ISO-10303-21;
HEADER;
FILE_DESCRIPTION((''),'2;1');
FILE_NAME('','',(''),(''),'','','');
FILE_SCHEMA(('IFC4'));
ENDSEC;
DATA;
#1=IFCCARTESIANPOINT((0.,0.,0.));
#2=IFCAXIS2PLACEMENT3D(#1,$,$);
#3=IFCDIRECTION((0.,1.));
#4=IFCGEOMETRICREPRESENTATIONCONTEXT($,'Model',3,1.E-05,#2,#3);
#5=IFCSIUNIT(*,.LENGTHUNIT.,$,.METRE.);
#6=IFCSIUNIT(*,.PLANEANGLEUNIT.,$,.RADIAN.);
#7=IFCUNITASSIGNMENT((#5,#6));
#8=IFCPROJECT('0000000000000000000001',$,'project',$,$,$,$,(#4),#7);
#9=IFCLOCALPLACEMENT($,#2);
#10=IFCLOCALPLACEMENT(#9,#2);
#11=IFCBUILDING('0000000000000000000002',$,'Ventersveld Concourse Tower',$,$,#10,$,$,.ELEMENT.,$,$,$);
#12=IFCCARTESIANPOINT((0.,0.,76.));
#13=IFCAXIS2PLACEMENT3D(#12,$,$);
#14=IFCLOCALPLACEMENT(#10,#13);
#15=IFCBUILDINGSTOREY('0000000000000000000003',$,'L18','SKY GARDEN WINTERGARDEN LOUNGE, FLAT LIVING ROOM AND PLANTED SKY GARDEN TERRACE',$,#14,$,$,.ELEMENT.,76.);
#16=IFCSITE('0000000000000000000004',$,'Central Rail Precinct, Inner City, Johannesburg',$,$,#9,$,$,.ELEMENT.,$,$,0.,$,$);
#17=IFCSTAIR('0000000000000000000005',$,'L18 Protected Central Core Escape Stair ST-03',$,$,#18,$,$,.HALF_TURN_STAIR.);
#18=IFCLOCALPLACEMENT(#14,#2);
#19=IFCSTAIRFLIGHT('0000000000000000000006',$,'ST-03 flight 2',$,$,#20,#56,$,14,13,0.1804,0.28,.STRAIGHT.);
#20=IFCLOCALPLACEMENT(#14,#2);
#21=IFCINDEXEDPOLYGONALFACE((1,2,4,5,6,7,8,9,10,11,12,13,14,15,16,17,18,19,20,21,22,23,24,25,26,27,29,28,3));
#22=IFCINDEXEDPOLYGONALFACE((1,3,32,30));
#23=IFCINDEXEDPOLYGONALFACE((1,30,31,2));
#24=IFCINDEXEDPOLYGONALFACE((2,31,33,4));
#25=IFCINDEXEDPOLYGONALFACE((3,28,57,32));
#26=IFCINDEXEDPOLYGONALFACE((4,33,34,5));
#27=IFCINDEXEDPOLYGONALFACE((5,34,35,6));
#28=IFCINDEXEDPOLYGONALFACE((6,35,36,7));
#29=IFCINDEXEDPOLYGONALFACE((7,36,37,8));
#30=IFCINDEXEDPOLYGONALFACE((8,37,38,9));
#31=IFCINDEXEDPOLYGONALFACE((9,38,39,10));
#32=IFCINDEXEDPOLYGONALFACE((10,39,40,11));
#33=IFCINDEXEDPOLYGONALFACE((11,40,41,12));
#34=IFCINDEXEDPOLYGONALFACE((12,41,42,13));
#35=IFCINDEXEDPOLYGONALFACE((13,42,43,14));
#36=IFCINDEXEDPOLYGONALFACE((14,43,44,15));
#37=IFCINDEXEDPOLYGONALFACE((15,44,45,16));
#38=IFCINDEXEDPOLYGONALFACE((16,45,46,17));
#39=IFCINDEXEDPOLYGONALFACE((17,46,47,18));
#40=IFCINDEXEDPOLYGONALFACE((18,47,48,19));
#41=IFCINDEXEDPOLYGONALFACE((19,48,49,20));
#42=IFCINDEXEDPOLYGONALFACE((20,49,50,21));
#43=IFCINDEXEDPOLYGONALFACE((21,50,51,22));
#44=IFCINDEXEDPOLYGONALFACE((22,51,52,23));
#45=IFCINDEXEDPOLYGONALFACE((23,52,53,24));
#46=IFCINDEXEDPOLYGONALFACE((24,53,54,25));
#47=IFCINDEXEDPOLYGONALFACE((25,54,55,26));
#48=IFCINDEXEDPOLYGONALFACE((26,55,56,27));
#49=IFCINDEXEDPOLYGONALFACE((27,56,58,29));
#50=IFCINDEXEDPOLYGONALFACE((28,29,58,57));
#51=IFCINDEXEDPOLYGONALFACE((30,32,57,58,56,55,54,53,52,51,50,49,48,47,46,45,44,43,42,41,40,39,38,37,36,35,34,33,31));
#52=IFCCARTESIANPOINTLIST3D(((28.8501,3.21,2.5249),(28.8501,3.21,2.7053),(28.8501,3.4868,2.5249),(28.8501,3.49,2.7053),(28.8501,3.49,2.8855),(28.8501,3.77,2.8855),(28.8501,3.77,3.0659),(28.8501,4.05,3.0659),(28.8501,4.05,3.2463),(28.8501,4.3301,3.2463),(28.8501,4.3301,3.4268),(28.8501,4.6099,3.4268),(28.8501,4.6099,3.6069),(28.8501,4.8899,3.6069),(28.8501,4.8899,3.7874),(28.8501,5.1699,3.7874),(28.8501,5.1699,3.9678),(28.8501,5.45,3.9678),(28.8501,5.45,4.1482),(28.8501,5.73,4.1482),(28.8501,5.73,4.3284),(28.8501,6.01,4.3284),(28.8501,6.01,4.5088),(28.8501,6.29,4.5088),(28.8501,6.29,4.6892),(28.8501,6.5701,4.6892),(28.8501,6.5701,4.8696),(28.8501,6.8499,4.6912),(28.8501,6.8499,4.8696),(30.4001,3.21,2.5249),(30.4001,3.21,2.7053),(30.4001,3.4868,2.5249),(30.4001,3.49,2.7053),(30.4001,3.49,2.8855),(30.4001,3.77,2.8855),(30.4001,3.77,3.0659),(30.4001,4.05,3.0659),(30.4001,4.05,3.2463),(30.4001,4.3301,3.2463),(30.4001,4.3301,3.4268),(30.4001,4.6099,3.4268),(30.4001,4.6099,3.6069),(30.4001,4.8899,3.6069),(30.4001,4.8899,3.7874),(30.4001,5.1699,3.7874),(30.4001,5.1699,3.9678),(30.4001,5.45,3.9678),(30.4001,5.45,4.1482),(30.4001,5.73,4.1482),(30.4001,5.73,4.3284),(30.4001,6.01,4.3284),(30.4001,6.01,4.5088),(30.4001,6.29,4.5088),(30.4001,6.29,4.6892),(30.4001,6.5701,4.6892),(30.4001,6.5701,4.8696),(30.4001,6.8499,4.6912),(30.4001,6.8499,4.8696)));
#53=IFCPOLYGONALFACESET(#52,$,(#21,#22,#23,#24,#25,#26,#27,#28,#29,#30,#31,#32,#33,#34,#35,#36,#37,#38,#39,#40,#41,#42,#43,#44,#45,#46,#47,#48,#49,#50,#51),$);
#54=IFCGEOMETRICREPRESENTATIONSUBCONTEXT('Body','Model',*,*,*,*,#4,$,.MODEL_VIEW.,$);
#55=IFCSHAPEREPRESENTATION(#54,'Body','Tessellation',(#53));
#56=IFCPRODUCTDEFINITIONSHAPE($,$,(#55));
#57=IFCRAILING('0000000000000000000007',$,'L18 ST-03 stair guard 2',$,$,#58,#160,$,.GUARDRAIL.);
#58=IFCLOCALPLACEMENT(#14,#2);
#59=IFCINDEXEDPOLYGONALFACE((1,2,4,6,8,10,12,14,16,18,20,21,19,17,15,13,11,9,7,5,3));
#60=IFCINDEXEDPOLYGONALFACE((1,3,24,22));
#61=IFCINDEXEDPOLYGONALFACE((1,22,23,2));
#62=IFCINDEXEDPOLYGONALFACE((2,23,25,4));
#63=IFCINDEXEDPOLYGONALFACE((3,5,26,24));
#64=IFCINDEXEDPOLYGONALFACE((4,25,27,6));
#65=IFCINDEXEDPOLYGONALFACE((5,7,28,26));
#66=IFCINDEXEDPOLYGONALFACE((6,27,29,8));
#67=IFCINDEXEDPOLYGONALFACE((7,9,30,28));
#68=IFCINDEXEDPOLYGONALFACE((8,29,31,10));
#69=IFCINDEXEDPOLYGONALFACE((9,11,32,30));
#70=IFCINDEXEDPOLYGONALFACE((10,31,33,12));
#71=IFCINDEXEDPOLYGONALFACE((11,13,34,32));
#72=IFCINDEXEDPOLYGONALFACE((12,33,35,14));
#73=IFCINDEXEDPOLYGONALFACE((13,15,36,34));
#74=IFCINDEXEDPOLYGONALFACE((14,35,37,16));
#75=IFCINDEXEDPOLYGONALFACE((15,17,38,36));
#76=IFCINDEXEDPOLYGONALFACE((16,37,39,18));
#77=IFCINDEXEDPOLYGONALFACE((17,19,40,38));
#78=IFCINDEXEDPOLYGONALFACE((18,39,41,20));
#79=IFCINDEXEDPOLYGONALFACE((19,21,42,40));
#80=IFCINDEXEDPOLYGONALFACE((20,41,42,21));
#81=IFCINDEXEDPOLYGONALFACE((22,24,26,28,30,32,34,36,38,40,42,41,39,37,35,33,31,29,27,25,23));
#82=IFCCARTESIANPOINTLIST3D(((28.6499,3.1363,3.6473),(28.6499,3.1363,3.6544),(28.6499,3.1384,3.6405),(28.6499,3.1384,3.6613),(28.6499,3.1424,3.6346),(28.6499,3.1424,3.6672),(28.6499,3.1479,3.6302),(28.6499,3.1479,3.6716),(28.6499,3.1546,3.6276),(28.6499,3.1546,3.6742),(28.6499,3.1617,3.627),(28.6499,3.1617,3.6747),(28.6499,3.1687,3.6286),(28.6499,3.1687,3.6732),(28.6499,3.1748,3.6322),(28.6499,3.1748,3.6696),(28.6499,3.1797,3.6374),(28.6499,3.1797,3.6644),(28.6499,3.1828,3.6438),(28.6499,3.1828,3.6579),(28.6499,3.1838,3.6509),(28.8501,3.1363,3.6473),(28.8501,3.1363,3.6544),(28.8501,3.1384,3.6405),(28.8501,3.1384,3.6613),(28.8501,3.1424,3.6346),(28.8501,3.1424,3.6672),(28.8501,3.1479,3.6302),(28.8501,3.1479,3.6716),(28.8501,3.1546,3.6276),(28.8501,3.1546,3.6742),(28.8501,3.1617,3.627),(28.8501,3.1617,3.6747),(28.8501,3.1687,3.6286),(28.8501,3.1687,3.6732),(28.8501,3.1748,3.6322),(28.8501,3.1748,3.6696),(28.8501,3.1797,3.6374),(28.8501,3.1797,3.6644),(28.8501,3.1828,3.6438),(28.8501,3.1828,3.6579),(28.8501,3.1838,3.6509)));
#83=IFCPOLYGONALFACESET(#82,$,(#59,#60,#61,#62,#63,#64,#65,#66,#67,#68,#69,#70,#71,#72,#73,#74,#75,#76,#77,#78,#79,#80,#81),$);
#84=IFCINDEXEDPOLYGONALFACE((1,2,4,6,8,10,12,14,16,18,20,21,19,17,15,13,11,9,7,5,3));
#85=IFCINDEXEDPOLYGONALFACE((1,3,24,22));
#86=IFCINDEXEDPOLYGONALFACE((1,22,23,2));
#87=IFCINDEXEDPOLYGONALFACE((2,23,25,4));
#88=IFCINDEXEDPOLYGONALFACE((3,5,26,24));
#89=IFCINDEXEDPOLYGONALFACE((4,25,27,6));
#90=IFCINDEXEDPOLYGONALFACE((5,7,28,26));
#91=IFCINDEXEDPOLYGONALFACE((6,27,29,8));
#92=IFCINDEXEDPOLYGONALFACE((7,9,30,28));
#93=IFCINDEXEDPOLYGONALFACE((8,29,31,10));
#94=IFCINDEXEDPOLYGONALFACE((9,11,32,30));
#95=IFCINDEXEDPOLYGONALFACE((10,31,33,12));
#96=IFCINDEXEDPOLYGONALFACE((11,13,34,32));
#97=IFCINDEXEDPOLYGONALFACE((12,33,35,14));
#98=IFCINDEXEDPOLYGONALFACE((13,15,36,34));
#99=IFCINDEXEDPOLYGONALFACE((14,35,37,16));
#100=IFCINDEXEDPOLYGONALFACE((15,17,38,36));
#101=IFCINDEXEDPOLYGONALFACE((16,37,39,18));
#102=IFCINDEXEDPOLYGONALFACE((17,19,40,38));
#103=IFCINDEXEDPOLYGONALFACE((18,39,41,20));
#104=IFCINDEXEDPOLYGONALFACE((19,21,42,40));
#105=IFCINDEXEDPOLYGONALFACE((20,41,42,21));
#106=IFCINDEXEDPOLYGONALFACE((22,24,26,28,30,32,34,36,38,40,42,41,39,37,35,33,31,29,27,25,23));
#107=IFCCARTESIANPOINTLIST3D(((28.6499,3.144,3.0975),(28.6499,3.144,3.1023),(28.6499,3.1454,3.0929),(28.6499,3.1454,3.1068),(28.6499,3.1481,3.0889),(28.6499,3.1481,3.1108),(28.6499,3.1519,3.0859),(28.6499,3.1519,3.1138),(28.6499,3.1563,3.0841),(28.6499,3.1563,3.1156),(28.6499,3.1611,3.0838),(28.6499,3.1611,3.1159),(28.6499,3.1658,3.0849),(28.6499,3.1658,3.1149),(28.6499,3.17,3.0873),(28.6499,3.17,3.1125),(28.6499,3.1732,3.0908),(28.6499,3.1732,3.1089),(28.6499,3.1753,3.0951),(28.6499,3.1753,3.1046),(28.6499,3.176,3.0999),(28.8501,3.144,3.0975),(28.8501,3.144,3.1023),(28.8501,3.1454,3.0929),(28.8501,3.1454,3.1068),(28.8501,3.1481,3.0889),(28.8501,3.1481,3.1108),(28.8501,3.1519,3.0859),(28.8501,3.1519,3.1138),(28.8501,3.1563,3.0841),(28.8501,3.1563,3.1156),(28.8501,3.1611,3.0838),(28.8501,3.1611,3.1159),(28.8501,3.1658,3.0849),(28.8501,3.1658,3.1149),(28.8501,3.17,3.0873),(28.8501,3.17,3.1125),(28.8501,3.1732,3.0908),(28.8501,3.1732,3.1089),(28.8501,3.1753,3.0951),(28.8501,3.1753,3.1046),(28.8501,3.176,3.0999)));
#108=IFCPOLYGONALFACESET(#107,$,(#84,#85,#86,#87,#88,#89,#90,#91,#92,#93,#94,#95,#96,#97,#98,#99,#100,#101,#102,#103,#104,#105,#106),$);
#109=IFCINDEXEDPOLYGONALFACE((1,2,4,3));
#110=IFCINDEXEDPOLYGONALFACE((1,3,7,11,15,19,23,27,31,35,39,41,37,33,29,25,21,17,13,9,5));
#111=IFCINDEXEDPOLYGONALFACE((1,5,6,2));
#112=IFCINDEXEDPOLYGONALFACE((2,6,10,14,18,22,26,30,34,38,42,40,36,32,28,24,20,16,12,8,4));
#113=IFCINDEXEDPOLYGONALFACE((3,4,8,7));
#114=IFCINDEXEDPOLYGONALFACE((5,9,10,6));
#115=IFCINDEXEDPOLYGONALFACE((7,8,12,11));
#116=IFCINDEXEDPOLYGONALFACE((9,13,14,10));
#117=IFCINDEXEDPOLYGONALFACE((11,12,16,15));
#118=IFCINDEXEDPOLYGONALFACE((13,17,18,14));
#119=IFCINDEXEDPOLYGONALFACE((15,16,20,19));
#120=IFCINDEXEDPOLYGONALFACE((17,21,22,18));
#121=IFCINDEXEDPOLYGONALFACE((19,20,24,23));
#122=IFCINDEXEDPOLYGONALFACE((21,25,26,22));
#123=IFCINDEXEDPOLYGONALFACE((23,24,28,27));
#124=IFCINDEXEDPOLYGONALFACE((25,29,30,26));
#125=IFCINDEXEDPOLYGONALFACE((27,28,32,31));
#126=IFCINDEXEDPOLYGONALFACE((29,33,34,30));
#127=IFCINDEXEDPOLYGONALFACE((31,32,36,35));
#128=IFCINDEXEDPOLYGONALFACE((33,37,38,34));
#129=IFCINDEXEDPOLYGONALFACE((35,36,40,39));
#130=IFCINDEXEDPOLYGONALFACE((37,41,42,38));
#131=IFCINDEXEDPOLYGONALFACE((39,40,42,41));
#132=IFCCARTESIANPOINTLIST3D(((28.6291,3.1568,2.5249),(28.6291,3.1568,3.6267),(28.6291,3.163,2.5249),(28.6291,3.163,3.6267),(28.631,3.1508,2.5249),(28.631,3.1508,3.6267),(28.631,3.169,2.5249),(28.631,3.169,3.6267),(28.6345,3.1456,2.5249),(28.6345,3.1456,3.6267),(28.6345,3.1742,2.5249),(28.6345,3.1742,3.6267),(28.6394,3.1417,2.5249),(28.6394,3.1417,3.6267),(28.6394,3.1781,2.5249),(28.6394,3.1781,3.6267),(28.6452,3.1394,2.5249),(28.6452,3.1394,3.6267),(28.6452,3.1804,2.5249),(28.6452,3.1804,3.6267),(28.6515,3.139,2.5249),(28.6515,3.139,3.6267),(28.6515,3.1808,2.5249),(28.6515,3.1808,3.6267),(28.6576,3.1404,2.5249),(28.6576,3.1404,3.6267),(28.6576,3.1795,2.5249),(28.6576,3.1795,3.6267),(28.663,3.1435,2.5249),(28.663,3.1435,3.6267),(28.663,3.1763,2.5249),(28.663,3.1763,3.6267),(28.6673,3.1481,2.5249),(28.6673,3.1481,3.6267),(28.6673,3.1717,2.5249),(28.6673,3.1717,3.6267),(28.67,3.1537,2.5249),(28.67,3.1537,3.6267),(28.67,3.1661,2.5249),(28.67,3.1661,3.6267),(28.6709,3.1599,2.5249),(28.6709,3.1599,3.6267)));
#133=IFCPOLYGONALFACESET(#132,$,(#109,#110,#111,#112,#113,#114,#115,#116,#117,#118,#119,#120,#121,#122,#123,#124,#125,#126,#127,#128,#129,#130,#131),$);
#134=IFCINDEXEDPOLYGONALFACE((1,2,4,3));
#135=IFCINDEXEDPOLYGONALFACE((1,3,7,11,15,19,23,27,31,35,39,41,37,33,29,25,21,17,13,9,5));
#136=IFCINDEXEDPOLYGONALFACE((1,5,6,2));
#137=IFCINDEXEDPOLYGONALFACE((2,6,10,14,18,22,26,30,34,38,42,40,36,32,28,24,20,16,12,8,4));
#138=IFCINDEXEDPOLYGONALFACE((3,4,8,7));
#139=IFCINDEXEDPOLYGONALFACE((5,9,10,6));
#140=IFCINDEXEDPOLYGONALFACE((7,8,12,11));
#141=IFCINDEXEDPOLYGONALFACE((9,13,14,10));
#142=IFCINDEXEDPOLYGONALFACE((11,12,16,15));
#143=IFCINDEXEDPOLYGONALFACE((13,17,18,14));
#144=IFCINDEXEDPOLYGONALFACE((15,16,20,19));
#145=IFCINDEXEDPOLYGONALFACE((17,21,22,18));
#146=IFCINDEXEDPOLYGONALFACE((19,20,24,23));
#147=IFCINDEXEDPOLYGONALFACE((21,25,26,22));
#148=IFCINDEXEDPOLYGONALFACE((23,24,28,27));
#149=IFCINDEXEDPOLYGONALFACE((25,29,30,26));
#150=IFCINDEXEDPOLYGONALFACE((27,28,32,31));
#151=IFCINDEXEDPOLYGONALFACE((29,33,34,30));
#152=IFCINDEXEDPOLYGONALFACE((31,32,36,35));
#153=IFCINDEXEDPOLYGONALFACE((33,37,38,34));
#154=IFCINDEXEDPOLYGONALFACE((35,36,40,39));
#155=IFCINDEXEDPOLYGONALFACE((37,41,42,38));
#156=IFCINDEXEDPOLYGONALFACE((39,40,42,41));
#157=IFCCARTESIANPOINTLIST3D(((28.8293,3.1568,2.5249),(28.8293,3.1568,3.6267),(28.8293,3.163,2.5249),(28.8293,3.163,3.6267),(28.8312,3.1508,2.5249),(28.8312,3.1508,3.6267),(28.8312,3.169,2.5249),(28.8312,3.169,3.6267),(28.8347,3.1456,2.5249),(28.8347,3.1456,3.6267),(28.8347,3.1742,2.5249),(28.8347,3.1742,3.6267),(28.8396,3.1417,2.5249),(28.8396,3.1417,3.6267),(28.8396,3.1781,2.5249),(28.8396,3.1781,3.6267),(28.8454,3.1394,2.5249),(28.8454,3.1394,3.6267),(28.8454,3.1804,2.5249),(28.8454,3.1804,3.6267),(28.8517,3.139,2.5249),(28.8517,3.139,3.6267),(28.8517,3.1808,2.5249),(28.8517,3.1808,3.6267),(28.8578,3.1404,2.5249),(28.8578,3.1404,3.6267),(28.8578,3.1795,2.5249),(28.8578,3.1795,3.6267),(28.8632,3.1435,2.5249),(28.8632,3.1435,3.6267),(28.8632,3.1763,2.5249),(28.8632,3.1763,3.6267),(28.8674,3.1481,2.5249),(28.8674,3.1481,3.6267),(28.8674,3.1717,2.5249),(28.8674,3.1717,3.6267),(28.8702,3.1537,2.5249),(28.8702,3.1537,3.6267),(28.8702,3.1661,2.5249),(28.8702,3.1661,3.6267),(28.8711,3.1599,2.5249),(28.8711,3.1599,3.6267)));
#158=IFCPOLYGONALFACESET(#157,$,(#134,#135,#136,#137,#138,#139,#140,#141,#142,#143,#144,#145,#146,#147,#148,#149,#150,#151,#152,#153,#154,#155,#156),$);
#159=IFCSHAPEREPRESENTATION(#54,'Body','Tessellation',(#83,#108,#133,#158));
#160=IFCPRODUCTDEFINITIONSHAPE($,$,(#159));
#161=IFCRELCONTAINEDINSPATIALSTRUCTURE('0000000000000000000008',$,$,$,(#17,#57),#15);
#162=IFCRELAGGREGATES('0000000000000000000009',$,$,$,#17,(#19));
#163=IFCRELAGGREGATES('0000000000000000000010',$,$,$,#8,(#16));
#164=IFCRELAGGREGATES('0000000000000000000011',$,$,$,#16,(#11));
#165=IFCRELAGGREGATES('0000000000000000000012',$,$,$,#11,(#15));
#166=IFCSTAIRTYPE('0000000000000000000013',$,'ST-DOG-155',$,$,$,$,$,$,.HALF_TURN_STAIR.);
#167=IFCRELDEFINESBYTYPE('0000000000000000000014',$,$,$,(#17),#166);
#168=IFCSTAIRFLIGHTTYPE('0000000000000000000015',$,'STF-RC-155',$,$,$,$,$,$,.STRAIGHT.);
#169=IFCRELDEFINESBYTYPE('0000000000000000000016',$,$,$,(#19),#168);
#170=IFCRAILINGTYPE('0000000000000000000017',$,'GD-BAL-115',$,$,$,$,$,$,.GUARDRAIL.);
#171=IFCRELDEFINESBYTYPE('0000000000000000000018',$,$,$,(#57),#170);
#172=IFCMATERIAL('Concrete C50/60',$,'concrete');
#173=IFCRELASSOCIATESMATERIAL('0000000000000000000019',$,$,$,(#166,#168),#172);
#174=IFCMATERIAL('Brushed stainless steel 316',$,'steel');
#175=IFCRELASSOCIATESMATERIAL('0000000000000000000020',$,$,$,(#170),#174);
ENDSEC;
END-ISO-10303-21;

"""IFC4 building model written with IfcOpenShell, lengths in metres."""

from ifc_helpers import new_model, si_unit, direction, frame, origin, origin_2d, place, context, subcontext, project, spatial, polyline, circle, outline, extrude, material, type_object, element, aggregate, save


model = new_model("IFC4")

# Units and contexts
model_context = context("Model", 3, precision=1e-05, world=origin(), true_north=direction((0.0, 1.0)))
body_context = subcontext(model_context, "Body", "Model", "MODEL_VIEW")
ifc_project = project(units=[si_unit("LENGTHUNIT", "METRE"), si_unit("PLANEANGLEUNIT", "RADIAN")], contexts=[model_context])

# Site, building, storey
site_placement = place(None, origin())
site = spatial("IfcSite", under=ifc_project, at=site_placement, Name="Central Rail Precinct, Inner City, Johannesburg", CompositionType="ELEMENT", RefElevation=0.0)
building_placement = place(site_placement, origin())
building = spatial("IfcBuilding", under=site, at=building_placement, Name="Ventersveld Concourse Tower", CompositionType="ELEMENT")
storey_placement = place(building_placement, frame((0.0, 0.0, 76.0)))
storey = spatial("IfcBuildingStorey", under=building, at=storey_placement, Name="L18", Description="SKY GARDEN WINTERGARDEN LOUNGE, FLAT LIVING ROOM AND PLANTED SKY GARDEN TERRACE", CompositionType="ELEMENT", Elevation=76.0)

# Shared definitions
ifc_material_1 = material(Name="Concrete C50/60", Category="concrete")

# Stair, stair flight
stair_type = type_object("IfcStairType", Name="ST-DOG-155", PredefinedType="HALF_TURN_STAIR", material=ifc_material_1)
stair_placement = place(storey_placement, origin())
stair = element("IfcStair", 1, at=stair_placement, inside=storey, type_object=stair_type, Name="L18 Protected Central Core Escape Stair ST-03", PredefinedType="HALF_TURN_STAIR")
stair_flight_type = type_object("IfcStairFlightType", Name="STF-RC-155", PredefinedType="STRAIGHT", material=ifc_material_1)
stair_flight_placement = place(storey_placement, frame((29.625, 3.21, 2.5249), z_axis=(0.0, 0.0, 1.0), x_axis=(0.0, 1.0, 0.0)))
stair_flight = element("IfcStairFlight", 2, at=stair_flight_placement, type_object=stair_flight_type, Name="ST-03 flight 2", NumberOfRisers=14, NumberOfTreads=13, PredefinedType="STRAIGHT", RiserHeight=0.1804, TreadLength=0.28, context=body_context, shape_type="SweptSolid", body=[
    extrude(outline(polyline([(0.0, 0.0), (0.0, 0.1804), (0.28, 0.1804), (0.28, 0.3606), (0.5601, 0.3606), (0.5601, 0.541), (0.8401, 0.541), (0.8401, 0.7214), (1.1201, 0.7214), (1.1201, 0.9019), (1.3999, 0.9019), (1.3999, 1.082), (1.6799, 1.082), (1.6799, 1.2625), (1.96, 1.2625), (1.96, 1.4429), (2.24, 1.4429), (2.24, 1.6233), (2.52, 1.6233), (2.52, 1.8035), (2.8, 1.8035), (2.8, 1.9839), (3.0801, 1.9839), (3.0801, 2.1643), (3.3601, 2.1643), (3.3601, 2.3447), (3.6399, 2.3447), (3.6399, 2.5249), (3.6399, 2.1663), (0.2769, 0.0), (0.0, 0.0)])), frame((0.0, 0.7749, 0.0), z_axis=(0.0, -1.0, 0.0), x_axis=(1.0, 0.0, 0.0)), (0.0, 0.0, 1.0), 1.55),
])
aggregate(stair, [stair_flight])

# Railing
ifc_material_2 = material(Name="Brushed stainless steel 316", Category="steel")
railing_type_1 = type_object("IfcRailingType", Name="GD-BAL-115", PredefinedType="GUARDRAIL", material=ifc_material_2)
railing_1_placement = place(storey_placement, frame((28.6499, 3.1599, 2.5249)))
element("IfcRailing", 3, at=railing_1_placement, inside=storey, type_object=railing_type_1, Name="L18 ST-03 stair guard 2", PredefinedType="GUARDRAIL", context=body_context, shape_type="SweptSolid", body=[
    extrude(circle(Radius=0.0239, at=origin_2d()), frame((0.0, 0.0, 1.126), z_axis=(1.0, 0.0, 0.0), x_axis=(0.0, 1.0, 0.0)), (0.0, 0.0, 1.0), 0.2002),
    extrude(circle(Radius=0.0161, at=origin_2d()), frame((0.0, 0.0, 0.575), z_axis=(1.0, 0.0, 0.0), x_axis=(0.0, 1.0, 0.0)), (0.0, 0.0, 1.0), 0.2002),
    extrude(circle(Radius=0.021, at=origin_2d()), origin(), (0.0, 0.0, 1.0), 1.1018),
    extrude(circle(Radius=0.021, at=origin_2d()), frame((0.2002, 0.0, 0.0)), (0.0, 0.0, 1.0), 1.1018),
])

save(model, "model.ifc")
